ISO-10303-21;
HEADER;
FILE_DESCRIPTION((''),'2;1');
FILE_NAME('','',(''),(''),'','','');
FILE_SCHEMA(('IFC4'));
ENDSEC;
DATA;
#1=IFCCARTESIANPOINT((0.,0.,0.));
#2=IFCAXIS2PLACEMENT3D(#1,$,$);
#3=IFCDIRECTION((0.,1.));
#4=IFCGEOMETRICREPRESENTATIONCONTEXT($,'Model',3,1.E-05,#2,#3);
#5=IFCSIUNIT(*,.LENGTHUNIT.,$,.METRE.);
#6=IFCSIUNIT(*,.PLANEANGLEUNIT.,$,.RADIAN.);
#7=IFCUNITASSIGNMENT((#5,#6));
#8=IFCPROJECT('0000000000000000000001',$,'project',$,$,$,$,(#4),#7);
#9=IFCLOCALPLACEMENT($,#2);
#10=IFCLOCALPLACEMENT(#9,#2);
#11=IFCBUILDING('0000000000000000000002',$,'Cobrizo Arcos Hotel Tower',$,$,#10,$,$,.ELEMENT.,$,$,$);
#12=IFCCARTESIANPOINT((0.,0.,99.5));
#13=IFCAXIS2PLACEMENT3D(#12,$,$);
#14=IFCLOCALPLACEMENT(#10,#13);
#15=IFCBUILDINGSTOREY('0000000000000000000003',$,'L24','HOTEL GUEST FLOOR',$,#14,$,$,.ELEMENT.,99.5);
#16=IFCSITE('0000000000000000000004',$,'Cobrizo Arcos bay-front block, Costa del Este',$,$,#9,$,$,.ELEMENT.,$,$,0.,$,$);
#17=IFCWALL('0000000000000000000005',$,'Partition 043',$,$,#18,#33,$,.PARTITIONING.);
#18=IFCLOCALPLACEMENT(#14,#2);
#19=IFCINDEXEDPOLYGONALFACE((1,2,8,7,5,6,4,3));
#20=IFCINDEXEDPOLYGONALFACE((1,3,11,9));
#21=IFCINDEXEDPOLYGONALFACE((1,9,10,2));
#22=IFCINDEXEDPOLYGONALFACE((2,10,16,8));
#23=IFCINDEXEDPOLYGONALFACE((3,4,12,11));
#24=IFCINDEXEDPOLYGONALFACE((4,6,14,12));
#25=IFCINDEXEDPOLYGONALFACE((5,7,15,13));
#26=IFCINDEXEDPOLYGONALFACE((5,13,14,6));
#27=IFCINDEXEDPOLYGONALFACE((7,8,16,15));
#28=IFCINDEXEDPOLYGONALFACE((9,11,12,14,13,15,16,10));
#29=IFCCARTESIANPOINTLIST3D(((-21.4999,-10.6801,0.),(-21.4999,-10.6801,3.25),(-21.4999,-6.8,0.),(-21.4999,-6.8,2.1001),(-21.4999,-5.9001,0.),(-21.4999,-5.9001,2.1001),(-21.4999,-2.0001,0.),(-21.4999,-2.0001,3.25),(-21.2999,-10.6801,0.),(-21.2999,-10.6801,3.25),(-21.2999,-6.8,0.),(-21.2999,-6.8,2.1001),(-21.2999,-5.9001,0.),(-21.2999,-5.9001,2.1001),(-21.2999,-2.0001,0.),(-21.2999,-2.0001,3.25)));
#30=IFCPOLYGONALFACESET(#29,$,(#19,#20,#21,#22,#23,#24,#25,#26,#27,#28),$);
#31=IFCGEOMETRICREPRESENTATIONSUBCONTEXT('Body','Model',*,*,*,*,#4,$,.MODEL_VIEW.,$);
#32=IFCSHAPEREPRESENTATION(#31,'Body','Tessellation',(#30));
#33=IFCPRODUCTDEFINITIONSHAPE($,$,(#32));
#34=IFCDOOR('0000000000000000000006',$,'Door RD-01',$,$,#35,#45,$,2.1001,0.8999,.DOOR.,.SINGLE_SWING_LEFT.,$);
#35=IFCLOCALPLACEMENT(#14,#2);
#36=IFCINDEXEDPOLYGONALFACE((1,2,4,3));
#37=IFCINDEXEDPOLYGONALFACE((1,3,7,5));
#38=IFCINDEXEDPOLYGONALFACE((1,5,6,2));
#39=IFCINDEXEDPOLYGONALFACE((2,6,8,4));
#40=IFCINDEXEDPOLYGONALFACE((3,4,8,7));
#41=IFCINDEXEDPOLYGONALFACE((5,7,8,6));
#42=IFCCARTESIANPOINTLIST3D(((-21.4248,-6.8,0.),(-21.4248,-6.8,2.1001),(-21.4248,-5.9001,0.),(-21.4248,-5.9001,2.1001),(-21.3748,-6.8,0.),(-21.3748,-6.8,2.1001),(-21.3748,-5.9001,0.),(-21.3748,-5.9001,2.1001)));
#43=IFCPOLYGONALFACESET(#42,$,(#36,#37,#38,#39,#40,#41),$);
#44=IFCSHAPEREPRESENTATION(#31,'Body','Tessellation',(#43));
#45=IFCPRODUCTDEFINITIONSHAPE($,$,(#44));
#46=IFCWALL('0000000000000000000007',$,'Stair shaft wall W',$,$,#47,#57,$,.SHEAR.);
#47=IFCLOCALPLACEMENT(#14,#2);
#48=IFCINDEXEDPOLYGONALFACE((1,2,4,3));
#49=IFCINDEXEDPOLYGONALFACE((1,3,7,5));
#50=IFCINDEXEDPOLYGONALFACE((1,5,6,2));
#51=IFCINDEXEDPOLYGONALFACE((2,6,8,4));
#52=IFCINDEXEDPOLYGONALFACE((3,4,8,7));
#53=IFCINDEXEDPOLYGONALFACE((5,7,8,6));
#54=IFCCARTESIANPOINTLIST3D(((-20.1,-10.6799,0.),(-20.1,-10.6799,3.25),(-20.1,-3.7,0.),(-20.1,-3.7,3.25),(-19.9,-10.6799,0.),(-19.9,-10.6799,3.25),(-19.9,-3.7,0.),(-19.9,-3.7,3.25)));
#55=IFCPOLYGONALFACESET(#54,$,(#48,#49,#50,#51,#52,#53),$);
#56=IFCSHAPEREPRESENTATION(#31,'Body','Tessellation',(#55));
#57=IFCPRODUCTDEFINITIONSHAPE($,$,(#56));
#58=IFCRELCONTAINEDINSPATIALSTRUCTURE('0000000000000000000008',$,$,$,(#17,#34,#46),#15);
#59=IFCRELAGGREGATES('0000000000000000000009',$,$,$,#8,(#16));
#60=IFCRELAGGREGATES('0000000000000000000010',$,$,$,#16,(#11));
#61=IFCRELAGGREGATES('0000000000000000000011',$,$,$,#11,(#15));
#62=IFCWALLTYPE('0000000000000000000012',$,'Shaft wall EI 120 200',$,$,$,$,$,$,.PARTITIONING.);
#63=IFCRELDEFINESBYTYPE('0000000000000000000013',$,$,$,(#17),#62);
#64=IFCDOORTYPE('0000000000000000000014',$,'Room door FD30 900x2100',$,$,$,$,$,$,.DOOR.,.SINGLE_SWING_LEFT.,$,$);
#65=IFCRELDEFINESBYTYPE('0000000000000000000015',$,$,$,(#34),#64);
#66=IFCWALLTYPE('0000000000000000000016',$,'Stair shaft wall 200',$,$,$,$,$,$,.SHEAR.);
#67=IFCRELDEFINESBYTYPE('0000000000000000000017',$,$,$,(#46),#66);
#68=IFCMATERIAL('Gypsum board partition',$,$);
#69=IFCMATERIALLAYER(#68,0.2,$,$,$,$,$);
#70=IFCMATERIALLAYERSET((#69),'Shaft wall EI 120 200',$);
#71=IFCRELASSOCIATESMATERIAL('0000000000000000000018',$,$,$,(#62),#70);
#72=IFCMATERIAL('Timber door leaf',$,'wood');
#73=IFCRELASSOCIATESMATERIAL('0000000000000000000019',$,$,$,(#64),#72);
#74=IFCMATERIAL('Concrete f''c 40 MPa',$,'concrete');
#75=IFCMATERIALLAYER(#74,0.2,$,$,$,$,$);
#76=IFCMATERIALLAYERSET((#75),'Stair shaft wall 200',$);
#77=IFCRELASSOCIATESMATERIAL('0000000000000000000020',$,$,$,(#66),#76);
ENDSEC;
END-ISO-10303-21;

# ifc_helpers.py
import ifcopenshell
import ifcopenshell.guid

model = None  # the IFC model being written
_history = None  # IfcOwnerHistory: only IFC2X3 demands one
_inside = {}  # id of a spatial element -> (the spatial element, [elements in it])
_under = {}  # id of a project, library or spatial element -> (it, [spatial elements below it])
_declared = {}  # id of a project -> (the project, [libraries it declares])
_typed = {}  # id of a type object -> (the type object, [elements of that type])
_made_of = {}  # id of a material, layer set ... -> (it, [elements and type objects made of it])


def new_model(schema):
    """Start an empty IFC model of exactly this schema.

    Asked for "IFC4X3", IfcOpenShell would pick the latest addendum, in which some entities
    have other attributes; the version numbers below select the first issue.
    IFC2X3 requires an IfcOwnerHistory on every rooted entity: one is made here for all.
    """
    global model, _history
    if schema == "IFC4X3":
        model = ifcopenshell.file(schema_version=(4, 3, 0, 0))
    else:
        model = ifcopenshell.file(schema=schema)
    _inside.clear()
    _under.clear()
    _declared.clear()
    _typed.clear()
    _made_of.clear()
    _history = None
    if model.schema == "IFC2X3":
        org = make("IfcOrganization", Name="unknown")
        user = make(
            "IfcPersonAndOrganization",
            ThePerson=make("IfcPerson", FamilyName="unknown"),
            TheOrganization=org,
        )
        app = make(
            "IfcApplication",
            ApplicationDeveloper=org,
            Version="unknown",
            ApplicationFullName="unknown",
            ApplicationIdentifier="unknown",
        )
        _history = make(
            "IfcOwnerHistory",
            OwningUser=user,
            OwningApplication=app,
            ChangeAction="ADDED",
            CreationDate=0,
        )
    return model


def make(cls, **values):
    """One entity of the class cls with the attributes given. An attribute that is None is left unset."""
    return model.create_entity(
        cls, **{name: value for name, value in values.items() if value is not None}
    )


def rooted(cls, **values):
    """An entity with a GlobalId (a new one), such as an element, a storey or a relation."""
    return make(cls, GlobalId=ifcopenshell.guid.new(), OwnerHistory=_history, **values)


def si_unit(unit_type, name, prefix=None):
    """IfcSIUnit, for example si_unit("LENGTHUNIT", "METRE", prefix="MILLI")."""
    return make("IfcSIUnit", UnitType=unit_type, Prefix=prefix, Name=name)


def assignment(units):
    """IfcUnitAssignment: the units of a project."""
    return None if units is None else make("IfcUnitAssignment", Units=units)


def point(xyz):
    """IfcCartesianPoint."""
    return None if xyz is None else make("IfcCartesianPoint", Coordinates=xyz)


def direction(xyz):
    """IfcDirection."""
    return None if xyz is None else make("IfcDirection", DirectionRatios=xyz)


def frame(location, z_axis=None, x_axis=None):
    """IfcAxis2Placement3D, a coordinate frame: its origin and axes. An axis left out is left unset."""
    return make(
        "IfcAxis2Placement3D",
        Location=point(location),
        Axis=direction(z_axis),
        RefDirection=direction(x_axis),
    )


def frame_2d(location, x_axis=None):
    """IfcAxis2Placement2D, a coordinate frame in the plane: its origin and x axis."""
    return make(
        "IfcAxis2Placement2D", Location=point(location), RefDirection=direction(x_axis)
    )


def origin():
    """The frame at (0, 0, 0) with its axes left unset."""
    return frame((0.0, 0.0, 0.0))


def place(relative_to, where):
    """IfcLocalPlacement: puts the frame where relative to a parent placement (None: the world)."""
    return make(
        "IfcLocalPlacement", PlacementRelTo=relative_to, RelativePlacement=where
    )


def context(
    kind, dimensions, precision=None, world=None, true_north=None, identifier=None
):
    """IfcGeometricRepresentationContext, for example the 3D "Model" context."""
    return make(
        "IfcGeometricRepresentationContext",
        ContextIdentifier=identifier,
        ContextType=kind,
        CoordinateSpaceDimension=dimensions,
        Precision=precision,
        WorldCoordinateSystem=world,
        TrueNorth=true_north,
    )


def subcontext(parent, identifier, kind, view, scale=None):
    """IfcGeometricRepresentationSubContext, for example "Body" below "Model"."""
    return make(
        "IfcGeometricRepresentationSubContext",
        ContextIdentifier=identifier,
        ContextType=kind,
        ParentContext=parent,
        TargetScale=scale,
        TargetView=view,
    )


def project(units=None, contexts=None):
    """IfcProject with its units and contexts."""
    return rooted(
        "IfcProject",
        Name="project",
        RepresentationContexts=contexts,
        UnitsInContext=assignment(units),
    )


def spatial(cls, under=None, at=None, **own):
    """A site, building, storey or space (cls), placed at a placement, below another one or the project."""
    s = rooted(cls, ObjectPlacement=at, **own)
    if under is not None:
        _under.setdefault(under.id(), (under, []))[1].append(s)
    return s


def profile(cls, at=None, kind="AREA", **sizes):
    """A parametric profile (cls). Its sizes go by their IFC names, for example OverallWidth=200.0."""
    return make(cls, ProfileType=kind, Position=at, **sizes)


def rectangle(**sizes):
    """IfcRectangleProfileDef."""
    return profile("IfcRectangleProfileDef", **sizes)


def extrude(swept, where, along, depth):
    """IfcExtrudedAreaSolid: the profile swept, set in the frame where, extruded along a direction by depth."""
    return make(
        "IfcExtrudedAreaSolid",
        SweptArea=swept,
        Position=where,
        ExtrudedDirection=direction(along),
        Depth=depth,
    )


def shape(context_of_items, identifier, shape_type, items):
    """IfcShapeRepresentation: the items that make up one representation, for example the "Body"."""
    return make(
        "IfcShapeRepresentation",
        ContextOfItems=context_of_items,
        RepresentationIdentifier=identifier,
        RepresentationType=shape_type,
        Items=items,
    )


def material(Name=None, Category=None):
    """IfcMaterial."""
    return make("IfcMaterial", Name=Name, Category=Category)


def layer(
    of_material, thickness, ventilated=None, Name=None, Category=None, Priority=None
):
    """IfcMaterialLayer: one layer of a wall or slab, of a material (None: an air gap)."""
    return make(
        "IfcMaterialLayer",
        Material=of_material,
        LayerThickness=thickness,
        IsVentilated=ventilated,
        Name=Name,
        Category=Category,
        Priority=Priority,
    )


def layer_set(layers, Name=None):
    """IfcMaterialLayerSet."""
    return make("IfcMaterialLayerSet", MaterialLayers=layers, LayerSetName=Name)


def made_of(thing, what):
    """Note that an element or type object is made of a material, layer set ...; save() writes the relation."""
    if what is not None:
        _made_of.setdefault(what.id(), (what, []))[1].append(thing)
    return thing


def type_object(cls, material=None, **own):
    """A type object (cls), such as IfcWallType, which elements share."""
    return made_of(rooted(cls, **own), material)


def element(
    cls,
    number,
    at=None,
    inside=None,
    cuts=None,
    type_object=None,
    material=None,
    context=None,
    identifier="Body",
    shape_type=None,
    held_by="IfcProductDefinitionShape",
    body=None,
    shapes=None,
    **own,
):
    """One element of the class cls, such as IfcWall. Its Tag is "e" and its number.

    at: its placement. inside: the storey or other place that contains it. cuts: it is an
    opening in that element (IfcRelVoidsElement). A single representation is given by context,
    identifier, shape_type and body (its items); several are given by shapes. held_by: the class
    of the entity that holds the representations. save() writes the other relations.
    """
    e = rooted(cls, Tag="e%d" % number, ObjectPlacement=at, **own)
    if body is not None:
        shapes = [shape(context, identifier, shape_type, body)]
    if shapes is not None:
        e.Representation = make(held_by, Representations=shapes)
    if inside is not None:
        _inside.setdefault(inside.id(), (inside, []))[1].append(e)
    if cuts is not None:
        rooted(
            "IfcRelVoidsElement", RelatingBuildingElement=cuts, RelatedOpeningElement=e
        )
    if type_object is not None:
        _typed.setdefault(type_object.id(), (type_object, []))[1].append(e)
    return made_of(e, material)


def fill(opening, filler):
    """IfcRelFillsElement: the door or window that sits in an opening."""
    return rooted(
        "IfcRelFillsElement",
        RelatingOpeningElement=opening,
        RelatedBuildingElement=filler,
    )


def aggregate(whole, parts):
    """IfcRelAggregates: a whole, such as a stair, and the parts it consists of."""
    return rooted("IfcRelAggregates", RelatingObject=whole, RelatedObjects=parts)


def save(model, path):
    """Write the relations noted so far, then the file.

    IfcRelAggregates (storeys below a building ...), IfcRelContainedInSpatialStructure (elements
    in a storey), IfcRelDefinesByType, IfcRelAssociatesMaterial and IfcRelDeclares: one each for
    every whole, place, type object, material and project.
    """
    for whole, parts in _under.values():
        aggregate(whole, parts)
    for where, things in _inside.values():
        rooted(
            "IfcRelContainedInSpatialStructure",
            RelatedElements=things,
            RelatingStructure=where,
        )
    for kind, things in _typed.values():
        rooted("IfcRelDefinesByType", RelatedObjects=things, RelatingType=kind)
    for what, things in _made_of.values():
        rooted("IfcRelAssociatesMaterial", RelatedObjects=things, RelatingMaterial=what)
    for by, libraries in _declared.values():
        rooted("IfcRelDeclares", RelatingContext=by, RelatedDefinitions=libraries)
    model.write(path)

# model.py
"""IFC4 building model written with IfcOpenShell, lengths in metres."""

from ifc_helpers import new_model, si_unit, direction, frame, frame_2d, origin, place, context, subcontext, project, spatial, rectangle, extrude, material, layer, layer_set, type_object, element, fill, save


model = new_model("IFC4")

# Units and contexts
model_context = context("Model", 3, precision=1e-05, world=origin(), true_north=direction((0.0, 1.0)))
body_context = subcontext(model_context, "Body", "Model", "MODEL_VIEW")
ifc_project = project(units=[si_unit("LENGTHUNIT", "METRE"), si_unit("PLANEANGLEUNIT", "RADIAN")], contexts=[model_context])

# Site, building, storey
site_placement = place(None, origin())
site = spatial("IfcSite", under=ifc_project, at=site_placement, Name="Cobrizo Arcos bay-front block, Costa del Este", CompositionType="ELEMENT", RefElevation=0.0)
building_placement = place(site_placement, origin())
building = spatial("IfcBuilding", under=site, at=building_placement, Name="Cobrizo Arcos Hotel Tower", CompositionType="ELEMENT")
storey_placement = place(building_placement, frame((0.0, 0.0, 99.5)))
storey = spatial("IfcBuildingStorey", under=building, at=storey_placement, Name="L24", Description="HOTEL GUEST FLOOR", CompositionType="ELEMENT", Elevation=99.5)

# Shared definitions
ifc_material_1 = material(Name="Gypsum board partition")
ifc_material_2 = material(Name="Timber door leaf", Category="wood")

# Wall, opening, door
ifc_layer_1 = layer(ifc_material_1, 0.2)
ifc_layer_set_1 = layer_set([ifc_layer_1], Name="Shaft wall EI 120 200")
wall_type_1 = type_object("IfcWallType", Name="Shaft wall EI 120 200", PredefinedType="PARTITIONING", material=ifc_layer_set_1)
wall_1_placement = place(storey_placement, frame((-21.3999, -10.6799, 0.0), z_axis=(0.0, 0.0, 1.0), x_axis=(0.0, 1.0, 0.0)))
wall_1 = element("IfcWall", 1, at=wall_1_placement, inside=storey, type_object=wall_type_1, Name="Partition 043", PredefinedType="PARTITIONING", context=body_context, shape_type="SweptSolid", body=[
    extrude(rectangle(XDim=8.6799, YDim=0.2, at=frame_2d((4.3398, 0.0))), origin(), (0.0, 0.0, 1.0), 3.25),
])
opening_1_placement = place(wall_1_placement, frame((3.8799, 0.0, 0.0)))
opening_1 = element("IfcOpeningElement", 2, at=opening_1_placement, cuts=wall_1, PredefinedType="OPENING", context=body_context, shape_type="SweptSolid", body=[
    extrude(rectangle(XDim=0.8999, YDim=2.1001, at=frame_2d((0.45, 1.05))), frame((0.0, 0.1121, 0.0), z_axis=(0.0, -1.0, 0.0), x_axis=(1.0, 0.0, 0.0)), (0.0, 0.0, 1.0), 0.2239),
])
door_type_1 = type_object("IfcDoorType", Name="Room door FD30 900x2100", OperationType="SINGLE_SWING_LEFT", PredefinedType="DOOR", material=ifc_material_2)
door_1_placement = place(opening_1_placement, origin())
door_1 = element("IfcDoor", 3, at=door_1_placement, inside=storey, type_object=door_type_1, Name="Door RD-01", OperationType="SINGLE_SWING_LEFT", OverallHeight=2.1001, OverallWidth=0.8999, PredefinedType="DOOR", context=body_context, shape_type="SweptSolid", body=[
    extrude(rectangle(XDim=0.8999, YDim=2.1001, at=frame_2d((0.45, 1.05))), frame((0.0, 0.0249, 0.0), z_axis=(0.0, -1.0, 0.0), x_axis=(1.0, 0.0, 0.0)), (0.0, 0.0, 1.0), 0.05),
])
fill(opening_1, door_1)

# Wall
ifc_material_3 = material(Name="Concrete f'c 40 MPa", Category="concrete")
ifc_layer_2 = layer(ifc_material_3, 0.2)
ifc_layer_set_2 = layer_set([ifc_layer_2], Name="Stair shaft wall 200")
wall_type_2 = type_object("IfcWallType", Name="Stair shaft wall 200", PredefinedType="SHEAR", material=ifc_layer_set_2)
wall_2_placement = place(storey_placement, frame((-20.0, -10.6799, 0.0), z_axis=(0.0, 0.0, 1.0), x_axis=(0.0, 1.0, 0.0)))
element("IfcWall", 4, at=wall_2_placement, inside=storey, type_object=wall_type_2, Name="Stair shaft wall W", PredefinedType="SHEAR", context=body_context, shape_type="SweptSolid", body=[
    extrude(rectangle(XDim=6.98, YDim=0.2, at=frame_2d((3.49, 0.0))), origin(), (0.0, 0.0, 1.0), 3.25),
])

save(model, "model.ifc")
